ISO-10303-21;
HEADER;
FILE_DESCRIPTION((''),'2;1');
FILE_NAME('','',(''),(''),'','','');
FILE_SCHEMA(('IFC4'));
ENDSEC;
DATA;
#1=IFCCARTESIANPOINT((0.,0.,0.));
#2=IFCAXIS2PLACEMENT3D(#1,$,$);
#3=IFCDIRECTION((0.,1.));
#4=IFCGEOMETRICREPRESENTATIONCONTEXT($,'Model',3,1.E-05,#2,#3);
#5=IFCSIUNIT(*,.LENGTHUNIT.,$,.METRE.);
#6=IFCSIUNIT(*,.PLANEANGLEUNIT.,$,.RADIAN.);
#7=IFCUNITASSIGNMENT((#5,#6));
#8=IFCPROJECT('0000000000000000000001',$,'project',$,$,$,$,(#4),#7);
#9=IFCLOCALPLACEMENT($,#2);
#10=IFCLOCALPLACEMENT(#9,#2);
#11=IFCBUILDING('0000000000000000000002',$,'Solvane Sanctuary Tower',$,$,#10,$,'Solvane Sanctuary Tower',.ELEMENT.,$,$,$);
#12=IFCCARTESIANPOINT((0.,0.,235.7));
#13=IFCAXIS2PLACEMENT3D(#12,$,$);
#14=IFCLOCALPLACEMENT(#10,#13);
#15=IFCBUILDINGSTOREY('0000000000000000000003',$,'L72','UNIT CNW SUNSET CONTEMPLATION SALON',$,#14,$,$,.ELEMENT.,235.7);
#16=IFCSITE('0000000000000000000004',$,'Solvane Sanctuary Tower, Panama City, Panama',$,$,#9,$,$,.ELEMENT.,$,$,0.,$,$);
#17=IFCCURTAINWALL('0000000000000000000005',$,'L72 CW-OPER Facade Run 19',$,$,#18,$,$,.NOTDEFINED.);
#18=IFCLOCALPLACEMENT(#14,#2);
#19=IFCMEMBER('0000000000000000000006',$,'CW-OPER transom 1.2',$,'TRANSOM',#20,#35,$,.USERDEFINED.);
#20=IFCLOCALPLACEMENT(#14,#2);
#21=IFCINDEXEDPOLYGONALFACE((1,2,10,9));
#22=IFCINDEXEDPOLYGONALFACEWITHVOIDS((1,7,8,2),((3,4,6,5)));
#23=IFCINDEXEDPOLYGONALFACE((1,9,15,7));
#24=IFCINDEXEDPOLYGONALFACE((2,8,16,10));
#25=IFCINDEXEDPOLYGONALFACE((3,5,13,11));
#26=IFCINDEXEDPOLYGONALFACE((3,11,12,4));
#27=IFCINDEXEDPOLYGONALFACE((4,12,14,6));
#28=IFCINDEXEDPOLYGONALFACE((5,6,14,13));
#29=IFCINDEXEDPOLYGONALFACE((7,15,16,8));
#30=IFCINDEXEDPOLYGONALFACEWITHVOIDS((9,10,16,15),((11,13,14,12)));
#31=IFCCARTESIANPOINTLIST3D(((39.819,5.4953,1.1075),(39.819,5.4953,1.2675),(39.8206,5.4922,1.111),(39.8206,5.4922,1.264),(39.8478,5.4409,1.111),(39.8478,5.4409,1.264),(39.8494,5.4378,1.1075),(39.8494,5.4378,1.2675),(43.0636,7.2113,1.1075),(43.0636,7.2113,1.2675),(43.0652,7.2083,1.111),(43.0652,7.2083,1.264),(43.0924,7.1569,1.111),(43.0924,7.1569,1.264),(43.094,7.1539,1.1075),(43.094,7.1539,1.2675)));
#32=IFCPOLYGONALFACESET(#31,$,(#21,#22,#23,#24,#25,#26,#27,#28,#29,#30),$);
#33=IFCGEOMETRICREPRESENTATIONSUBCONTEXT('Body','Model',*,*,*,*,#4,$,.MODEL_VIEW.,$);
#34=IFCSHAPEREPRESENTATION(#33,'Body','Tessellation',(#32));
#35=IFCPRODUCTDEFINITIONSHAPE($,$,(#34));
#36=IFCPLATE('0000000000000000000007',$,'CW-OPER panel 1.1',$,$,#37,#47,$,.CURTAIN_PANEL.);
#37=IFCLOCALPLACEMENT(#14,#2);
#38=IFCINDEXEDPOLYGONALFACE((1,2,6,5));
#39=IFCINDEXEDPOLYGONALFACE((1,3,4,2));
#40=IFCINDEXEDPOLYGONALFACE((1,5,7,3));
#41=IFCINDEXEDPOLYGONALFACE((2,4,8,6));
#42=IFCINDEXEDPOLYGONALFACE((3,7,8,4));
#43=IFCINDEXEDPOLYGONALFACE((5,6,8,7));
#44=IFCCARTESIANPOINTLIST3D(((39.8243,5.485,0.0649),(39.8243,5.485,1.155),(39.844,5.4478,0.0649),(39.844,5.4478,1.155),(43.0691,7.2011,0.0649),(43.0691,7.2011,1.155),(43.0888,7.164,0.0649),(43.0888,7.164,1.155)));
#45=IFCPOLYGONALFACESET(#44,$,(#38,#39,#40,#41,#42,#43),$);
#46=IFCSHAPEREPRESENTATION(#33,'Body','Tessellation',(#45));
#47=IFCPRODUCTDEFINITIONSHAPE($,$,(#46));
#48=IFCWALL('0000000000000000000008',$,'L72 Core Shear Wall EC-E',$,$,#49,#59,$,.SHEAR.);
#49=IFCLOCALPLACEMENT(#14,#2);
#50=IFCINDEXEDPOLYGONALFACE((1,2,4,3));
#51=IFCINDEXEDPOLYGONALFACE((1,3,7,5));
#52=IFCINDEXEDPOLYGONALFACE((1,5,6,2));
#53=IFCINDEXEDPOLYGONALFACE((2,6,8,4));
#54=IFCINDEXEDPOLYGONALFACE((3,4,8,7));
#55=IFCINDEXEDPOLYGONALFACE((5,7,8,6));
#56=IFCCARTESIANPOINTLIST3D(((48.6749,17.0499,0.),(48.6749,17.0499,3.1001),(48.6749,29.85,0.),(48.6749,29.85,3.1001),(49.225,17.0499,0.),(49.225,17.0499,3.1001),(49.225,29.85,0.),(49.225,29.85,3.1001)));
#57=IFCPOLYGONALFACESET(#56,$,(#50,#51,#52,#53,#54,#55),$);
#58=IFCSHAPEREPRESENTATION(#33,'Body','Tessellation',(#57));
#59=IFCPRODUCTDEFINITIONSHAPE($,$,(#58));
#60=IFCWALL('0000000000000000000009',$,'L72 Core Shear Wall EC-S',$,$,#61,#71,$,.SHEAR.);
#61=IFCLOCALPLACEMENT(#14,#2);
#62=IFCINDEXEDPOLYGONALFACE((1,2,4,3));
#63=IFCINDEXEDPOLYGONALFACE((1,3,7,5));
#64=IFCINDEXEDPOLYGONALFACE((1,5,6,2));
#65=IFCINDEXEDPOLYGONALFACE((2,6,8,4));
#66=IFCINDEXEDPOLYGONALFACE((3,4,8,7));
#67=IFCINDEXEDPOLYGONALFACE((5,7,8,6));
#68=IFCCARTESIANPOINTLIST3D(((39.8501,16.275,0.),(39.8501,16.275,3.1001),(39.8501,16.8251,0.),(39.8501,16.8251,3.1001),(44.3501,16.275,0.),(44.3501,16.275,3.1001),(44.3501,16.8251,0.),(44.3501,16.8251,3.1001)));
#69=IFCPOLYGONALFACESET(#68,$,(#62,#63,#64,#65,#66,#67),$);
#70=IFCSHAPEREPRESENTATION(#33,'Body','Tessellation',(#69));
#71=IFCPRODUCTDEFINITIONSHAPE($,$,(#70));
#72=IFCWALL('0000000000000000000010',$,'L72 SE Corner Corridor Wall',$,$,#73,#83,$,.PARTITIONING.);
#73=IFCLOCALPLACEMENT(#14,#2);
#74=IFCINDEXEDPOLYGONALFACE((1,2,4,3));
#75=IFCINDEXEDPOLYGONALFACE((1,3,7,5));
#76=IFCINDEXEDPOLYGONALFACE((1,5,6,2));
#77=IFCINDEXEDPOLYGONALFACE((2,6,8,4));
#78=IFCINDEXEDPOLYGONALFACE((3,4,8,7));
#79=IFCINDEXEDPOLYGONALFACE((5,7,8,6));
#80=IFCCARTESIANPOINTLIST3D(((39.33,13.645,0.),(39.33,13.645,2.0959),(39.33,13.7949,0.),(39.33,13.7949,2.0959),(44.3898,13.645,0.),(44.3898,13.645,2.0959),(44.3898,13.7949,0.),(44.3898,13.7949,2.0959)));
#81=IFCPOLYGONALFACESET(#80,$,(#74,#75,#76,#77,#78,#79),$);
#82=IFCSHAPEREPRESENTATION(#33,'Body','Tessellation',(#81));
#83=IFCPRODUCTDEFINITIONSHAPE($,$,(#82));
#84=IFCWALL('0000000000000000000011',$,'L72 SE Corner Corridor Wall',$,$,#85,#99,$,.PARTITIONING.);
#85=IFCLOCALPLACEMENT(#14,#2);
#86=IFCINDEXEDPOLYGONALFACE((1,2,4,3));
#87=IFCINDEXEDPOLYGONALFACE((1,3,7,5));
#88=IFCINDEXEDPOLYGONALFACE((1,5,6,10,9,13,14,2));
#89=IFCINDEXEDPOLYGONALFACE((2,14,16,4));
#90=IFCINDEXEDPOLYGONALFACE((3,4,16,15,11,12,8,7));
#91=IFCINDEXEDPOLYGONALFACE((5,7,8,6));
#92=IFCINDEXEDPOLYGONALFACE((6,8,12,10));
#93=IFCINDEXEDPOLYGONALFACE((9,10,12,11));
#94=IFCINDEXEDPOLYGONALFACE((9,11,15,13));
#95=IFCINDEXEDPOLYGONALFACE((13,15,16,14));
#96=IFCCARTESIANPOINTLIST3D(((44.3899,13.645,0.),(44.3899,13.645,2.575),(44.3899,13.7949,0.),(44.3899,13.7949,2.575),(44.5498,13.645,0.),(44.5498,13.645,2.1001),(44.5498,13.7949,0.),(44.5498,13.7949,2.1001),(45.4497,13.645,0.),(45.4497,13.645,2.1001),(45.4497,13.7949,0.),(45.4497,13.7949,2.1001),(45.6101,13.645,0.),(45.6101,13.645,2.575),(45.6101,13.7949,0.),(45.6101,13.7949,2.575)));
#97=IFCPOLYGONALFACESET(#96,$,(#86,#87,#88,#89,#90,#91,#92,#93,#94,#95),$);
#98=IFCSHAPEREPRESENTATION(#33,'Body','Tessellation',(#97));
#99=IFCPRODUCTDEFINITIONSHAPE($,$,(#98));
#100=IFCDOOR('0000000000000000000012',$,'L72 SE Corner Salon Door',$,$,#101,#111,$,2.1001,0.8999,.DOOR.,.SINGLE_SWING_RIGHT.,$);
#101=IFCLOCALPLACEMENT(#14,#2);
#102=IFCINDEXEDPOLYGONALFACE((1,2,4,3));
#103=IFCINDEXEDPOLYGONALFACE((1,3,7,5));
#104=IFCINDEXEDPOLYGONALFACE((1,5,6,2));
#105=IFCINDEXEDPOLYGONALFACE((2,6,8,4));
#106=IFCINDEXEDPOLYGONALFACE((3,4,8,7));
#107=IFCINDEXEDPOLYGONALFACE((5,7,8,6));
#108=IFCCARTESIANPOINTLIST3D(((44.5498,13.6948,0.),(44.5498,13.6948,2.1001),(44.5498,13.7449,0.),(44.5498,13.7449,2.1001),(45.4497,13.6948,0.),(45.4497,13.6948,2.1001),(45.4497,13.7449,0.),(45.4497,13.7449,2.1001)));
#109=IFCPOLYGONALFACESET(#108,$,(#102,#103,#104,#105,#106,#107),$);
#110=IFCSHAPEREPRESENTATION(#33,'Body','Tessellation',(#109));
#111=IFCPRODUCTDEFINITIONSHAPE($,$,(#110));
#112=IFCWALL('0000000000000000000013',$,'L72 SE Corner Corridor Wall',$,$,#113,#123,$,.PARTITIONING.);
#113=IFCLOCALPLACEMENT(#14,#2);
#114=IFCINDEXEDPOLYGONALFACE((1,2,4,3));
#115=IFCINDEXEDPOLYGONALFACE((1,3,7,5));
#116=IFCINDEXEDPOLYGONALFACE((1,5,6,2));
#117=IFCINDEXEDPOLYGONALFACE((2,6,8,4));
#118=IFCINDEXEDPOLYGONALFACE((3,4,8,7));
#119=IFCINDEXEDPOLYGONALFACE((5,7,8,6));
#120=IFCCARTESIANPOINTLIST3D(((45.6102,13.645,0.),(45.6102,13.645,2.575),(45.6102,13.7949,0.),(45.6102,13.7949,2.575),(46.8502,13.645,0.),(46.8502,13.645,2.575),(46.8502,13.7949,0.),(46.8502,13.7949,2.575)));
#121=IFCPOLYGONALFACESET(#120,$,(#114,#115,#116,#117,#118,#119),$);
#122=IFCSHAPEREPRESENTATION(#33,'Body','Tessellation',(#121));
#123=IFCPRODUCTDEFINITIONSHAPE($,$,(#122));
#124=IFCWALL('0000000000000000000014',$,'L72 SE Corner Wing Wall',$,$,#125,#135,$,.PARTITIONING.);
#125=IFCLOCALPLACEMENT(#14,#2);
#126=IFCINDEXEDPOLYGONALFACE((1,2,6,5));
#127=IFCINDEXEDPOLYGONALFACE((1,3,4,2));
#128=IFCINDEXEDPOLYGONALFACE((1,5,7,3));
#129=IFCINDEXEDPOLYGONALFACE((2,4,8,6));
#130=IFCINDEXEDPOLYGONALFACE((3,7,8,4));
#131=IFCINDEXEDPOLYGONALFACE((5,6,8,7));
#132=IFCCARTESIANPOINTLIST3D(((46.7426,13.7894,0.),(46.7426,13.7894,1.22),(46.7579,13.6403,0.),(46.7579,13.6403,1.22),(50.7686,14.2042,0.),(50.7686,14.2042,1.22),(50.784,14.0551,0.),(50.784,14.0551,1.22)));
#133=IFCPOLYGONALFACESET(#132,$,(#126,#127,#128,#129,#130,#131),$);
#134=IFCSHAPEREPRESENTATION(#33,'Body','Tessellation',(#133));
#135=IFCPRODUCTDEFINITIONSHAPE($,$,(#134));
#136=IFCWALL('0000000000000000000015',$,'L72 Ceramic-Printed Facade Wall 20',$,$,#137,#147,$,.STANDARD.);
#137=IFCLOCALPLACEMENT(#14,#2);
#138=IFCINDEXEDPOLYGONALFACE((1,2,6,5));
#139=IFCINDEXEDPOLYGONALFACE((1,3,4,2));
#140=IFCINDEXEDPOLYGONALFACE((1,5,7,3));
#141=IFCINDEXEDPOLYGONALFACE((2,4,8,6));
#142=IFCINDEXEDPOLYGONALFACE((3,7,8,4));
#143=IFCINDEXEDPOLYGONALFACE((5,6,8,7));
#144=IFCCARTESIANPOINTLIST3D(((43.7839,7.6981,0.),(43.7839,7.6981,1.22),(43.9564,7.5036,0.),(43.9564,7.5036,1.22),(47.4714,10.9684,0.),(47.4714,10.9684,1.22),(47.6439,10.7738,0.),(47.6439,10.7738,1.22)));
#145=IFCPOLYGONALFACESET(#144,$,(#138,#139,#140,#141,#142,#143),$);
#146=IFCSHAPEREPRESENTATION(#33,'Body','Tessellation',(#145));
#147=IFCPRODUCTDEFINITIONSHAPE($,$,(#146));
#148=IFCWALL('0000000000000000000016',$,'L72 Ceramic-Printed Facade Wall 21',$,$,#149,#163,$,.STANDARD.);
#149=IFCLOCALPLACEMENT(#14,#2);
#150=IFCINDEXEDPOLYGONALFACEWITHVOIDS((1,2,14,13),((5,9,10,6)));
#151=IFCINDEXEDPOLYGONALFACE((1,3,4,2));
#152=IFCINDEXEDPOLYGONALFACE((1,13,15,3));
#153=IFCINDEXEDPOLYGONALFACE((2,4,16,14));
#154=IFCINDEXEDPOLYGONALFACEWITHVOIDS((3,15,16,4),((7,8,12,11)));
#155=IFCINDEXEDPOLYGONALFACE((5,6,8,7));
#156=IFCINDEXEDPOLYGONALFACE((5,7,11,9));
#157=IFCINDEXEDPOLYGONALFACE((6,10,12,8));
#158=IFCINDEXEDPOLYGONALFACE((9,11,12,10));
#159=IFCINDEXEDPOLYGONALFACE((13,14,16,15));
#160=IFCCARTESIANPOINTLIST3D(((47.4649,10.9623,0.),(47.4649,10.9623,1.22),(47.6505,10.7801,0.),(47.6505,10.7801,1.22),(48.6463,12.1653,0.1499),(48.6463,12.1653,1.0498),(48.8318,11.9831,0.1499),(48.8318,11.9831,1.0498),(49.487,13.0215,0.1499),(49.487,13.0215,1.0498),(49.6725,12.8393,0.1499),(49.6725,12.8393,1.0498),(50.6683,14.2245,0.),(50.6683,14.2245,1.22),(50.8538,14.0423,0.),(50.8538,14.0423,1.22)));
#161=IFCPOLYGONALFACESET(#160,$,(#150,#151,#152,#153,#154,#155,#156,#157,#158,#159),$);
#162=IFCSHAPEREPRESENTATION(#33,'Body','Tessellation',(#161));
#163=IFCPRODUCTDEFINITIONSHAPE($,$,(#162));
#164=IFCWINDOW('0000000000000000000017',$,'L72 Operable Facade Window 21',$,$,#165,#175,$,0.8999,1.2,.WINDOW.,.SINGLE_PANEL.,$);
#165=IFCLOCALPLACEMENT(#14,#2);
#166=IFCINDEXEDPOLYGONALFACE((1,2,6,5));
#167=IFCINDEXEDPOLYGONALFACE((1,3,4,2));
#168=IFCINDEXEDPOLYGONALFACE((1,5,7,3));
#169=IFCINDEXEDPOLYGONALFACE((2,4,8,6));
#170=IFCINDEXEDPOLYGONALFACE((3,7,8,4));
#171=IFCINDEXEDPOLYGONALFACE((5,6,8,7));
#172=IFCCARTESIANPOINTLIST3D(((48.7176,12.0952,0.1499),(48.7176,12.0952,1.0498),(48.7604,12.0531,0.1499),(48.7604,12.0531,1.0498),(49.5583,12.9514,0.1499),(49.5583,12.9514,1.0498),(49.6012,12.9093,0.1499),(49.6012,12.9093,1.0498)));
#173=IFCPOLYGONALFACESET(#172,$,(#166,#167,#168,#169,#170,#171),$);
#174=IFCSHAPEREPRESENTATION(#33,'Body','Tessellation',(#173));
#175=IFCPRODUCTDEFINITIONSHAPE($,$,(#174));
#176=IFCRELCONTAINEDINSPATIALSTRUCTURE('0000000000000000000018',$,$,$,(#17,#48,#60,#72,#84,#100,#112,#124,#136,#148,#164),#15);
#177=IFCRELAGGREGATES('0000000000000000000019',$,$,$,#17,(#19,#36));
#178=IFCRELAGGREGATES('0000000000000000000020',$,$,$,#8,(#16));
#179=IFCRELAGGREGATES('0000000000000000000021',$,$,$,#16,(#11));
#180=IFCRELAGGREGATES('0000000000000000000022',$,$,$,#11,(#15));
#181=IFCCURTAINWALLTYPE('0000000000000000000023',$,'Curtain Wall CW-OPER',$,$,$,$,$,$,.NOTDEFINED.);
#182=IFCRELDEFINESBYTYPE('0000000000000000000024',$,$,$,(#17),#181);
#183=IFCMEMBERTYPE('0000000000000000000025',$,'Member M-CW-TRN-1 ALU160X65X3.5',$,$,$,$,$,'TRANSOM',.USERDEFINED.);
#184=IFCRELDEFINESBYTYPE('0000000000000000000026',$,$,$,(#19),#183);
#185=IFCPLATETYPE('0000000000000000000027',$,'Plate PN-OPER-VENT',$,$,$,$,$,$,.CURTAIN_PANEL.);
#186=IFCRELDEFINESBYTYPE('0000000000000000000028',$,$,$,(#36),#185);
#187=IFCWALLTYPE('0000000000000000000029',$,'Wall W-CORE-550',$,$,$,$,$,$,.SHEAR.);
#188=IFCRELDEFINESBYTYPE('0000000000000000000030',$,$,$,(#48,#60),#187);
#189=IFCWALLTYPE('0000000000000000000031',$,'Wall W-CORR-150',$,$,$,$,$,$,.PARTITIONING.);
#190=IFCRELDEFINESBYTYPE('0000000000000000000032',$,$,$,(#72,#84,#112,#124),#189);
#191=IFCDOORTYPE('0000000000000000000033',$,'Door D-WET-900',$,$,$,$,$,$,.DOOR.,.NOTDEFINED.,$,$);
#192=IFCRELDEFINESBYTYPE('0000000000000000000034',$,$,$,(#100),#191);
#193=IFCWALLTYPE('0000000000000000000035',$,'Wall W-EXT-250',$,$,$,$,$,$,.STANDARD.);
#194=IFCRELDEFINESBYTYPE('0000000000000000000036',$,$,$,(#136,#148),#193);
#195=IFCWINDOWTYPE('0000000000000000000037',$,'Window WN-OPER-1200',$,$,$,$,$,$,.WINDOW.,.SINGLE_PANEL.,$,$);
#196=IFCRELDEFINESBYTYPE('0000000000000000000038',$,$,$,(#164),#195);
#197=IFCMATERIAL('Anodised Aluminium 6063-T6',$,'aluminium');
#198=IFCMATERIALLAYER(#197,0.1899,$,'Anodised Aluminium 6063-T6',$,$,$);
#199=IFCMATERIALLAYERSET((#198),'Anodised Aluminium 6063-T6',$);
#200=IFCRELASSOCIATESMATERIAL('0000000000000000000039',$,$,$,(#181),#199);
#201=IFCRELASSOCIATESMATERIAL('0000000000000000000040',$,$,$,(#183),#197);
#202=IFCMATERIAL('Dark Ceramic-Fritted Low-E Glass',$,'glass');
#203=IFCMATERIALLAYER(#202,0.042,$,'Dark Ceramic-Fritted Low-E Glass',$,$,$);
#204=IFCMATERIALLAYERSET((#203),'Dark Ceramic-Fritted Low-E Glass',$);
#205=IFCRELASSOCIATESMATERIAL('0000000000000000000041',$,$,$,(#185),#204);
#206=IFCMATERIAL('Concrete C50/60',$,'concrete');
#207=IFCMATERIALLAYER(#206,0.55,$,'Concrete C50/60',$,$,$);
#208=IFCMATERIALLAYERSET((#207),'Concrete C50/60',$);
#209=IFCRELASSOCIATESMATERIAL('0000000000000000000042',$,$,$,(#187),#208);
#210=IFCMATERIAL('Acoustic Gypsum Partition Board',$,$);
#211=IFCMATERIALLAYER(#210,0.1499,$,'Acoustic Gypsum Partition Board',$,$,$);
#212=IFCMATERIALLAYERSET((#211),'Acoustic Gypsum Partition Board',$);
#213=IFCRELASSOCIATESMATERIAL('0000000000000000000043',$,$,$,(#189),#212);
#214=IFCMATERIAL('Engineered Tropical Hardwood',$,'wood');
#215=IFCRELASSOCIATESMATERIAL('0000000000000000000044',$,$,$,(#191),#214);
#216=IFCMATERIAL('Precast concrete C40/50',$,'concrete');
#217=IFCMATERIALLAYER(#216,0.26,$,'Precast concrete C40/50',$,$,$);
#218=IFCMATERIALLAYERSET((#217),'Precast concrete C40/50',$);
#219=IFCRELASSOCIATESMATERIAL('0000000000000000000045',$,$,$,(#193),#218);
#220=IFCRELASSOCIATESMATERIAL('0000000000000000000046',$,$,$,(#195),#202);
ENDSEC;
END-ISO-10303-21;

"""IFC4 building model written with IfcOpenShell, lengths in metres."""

from ifc_helpers import new_model, si_unit, direction, frame, frame_2d, origin, origin_2d, place, context, subcontext, project, spatial, rectangle, hollow_rectangle, extrude, material, layer, layer_set, material_profile, profile_set, type_object, element, fill, aggregate, save


model = new_model("IFC4")

# Units and contexts
model_context = context("Model", 3, precision=1e-05, world=origin(), true_north=direction((0.0, 1.0)))
body_context = subcontext(model_context, "Body", "Model", "MODEL_VIEW")
ifc_project = project(units=[si_unit("LENGTHUNIT", "METRE"), si_unit("PLANEANGLEUNIT", "RADIAN")], contexts=[model_context])

# Site, building, storey
site_placement = place(None, origin())
site = spatial("IfcSite", under=ifc_project, at=site_placement, Name="Solvane Sanctuary Tower, Panama City, Panama", CompositionType="ELEMENT", RefElevation=0.0)
building_placement = place(site_placement, origin())
building = spatial("IfcBuilding", under=site, at=building_placement, Name="Solvane Sanctuary Tower", LongName="Solvane Sanctuary Tower", CompositionType="ELEMENT")
storey_placement = place(building_placement, frame((0.0, 0.0, 235.7)))
storey = spatial("IfcBuildingStorey", under=building, at=storey_placement, Name="L72", Description="UNIT CNW SUNSET CONTEMPLATION SALON", CompositionType="ELEMENT", Elevation=235.7)

# Shared definitions
ifc_material_1 = material(Name="Concrete C50/60", Category="concrete")

# Curtain wall, member, plate
ifc_material_2 = material(Name="Anodised Aluminium 6063-T6", Category="aluminium")
ifc_layer_1 = layer(ifc_material_2, 0.1899, Name="Anodised Aluminium 6063-T6")
ifc_layer_set_1 = layer_set([ifc_layer_1], Name="Anodised Aluminium 6063-T6")
curtain_wall_type = type_object("IfcCurtainWallType", Name="Curtain Wall CW-OPER", PredefinedType="NOTDEFINED", material=ifc_layer_set_1)
curtain_wall_placement = place(storey_placement, origin())
curtain_wall = element("IfcCurtainWall", 1, at=curtain_wall_placement, inside=storey, type_object=curtain_wall_type, Name="L72 CW-OPER Facade Run 19", PredefinedType="NOTDEFINED")
ifc_material_profile_1 = material_profile(ifc_material_2, hollow_rectangle(XDim=0.0649, YDim=0.1599, WallThickness=0.0034, at=origin_2d()), Name="ALU160X65X3.5")
ifc_profile_set_1 = profile_set([ifc_material_profile_1], Name="Anodised Aluminium 6063-T6")
member_type_1 = type_object("IfcMemberType", Name="Member M-CW-TRN-1 ALU160X65X3.5", ElementType="TRANSOM", PredefinedType="USERDEFINED", material=ifc_profile_set_1)
member_1_placement = place(storey_placement, frame((39.8342, 5.4666, 1.1875), z_axis=(0.883977, 0.46753, 0.0), x_axis=(-0.46753, 0.883977, 0.0)))
member_1 = element("IfcMember", 2, at=member_1_placement, type_object=member_type_1, Name="CW-OPER transom 1.2", ObjectType="TRANSOM", PredefinedType="USERDEFINED", context=body_context, shape_type="SweptSolid", body=[
    extrude(hollow_rectangle(XDim=0.0649, YDim=0.1599, WallThickness=0.0034, at=origin_2d()), origin(), (0.0, 0.0, 1.0), 3.6704),
])
ifc_material_3 = material(Name="Dark Ceramic-Fritted Low-E Glass", Category="glass")
ifc_layer_2 = layer(ifc_material_3, 0.042, Name="Dark Ceramic-Fritted Low-E Glass")
ifc_layer_set_2 = layer_set([ifc_layer_2], Name="Dark Ceramic-Fritted Low-E Glass")
plate_type = type_object("IfcPlateType", Name="Plate PN-OPER-VENT", PredefinedType="CURTAIN_PANEL", material=ifc_layer_set_2)
plate_placement = place(storey_placement, frame((41.4565, 6.3245, 0.0649), z_axis=(0.0, 0.0, 1.0), x_axis=(0.883981, 0.467523, 0.0)))
plate = element("IfcPlate", 3, at=plate_placement, type_object=plate_type, Name="CW-OPER panel 1.1", PredefinedType="CURTAIN_PANEL", context=body_context, shape_type="SweptSolid", body=[
    extrude(rectangle(XDim=3.6707, YDim=0.042, at=origin_2d()), origin(), (0.0, 0.0, 1.0), 1.0901),
])
aggregate(curtain_wall, [member_1, plate])

# Walls
ifc_layer_3 = layer(ifc_material_1, 0.55, Name="Concrete C50/60")
ifc_layer_set_3 = layer_set([ifc_layer_3], Name="Concrete C50/60")
wall_type_1 = type_object("IfcWallType", Name="Wall W-CORE-550", PredefinedType="SHEAR", material=ifc_layer_set_3)
wall_1_placement = place(storey_placement, frame((48.95, 17.05, 0.0), z_axis=(0.0, 0.0, 1.0), x_axis=(0.0, 1.0, 0.0)))
element("IfcWall", 4, at=wall_1_placement, inside=storey, type_object=wall_type_1, Name="L72 Core Shear Wall EC-E", PredefinedType="SHEAR", context=body_context, shape_type="SweptSolid", body=[
    extrude(rectangle(XDim=12.8, YDim=0.55, at=frame_2d((6.3999, 0.0))), origin(), (0.0, 0.0, 1.0), 3.1001),
])
wall_2_placement = place(storey_placement, frame((39.8501, 16.55, 0.0), z_axis=(0.0, 0.0, 1.0), x_axis=(1.0, 0.0, 0.0)))
element("IfcWall", 5, at=wall_2_placement, inside=storey, type_object=wall_type_1, Name="L72 Core Shear Wall EC-S", PredefinedType="SHEAR", context=body_context, shape_type="SweptSolid", body=[
    extrude(rectangle(XDim=4.5, YDim=0.55, at=frame_2d((2.25, 0.0))), origin(), (0.0, 0.0, 1.0), 3.1001),
])
ifc_material_4 = material(Name="Acoustic Gypsum Partition Board")
ifc_layer_4 = layer(ifc_material_4, 0.1499, Name="Acoustic Gypsum Partition Board")
ifc_layer_set_4 = layer_set([ifc_layer_4], Name="Acoustic Gypsum Partition Board")
wall_type_2 = type_object("IfcWallType", Name="Wall W-CORR-150", PredefinedType="PARTITIONING", material=ifc_layer_set_4)
wall_3_placement = place(storey_placement, frame((39.3301, 13.72, 0.0), z_axis=(0.0, 0.0, 1.0), x_axis=(1.0, 0.0, 0.0)))
element("IfcWall", 6, at=wall_3_placement, inside=storey, type_object=wall_type_2, Name="L72 SE Corner Corridor Wall", PredefinedType="PARTITIONING", context=body_context, shape_type="SweptSolid", body=[
    extrude(rectangle(XDim=5.0598, YDim=0.1499, at=frame_2d((2.5298, 0.0))), origin(), (0.0, 0.0, 1.0), 2.0959),
])

# Wall, opening, door
wall_4_placement = place(storey_placement, frame((44.3899, 13.72, 0.0), z_axis=(0.0, 0.0, 1.0), x_axis=(1.0, 0.0, 0.0)))
wall_4 = element("IfcWall", 7, at=wall_4_placement, inside=storey, type_object=wall_type_2, Name="L72 SE Corner Corridor Wall", PredefinedType="PARTITIONING", context=body_context, shape_type="SweptSolid", body=[
    extrude(rectangle(XDim=1.2202, YDim=0.1499, at=frame_2d((0.6101, 0.0))), origin(), (0.0, 0.0, 1.0), 2.575),
])
opening_1_placement = place(wall_4_placement, frame((0.1599, 0.0, 0.0)))
opening_1 = element("IfcOpeningElement", 8, at=opening_1_placement, cuts=wall_4, PredefinedType="OPENING", context=body_context, shape_type="SweptSolid", body=[
    extrude(rectangle(XDim=0.8999, YDim=2.1001, at=frame_2d((0.45, 1.05))), frame((0.0, 0.085, 0.0), z_axis=(0.0, -1.0, 0.0), x_axis=(1.0, 0.0, 0.0)), (0.0, 0.0, 1.0), 0.1699),
])
ifc_material_5 = material(Name="Engineered Tropical Hardwood", Category="wood")
door_type = type_object("IfcDoorType", Name="Door D-WET-900", OperationType="NOTDEFINED", PredefinedType="DOOR", material=ifc_material_5)
door_placement = place(opening_1_placement, origin())
door = element("IfcDoor", 9, at=door_placement, inside=storey, type_object=door_type, Name="L72 SE Corner Salon Door", OperationType="SINGLE_SWING_RIGHT", OverallHeight=2.1001, OverallWidth=0.8999, PredefinedType="DOOR", context=body_context, shape_type="SweptSolid", body=[
    extrude(rectangle(XDim=0.8999, YDim=2.1001, at=frame_2d((0.45, 1.05))), frame((0.0, 0.0249, 0.0), z_axis=(0.0, -1.0, 0.0), x_axis=(1.0, 0.0, 0.0)), (0.0, 0.0, 1.0), 0.05),
])
fill(opening_1, door)

# Walls
wall_5_placement = place(storey_placement, frame((45.6101, 13.72, 0.0), z_axis=(0.0, 0.0, 1.0), x_axis=(1.0, 0.0, 0.0)))
element("IfcWall", 10, at=wall_5_placement, inside=storey, type_object=wall_type_2, Name="L72 SE Corner Corridor Wall", PredefinedType="PARTITIONING", context=body_context, shape_type="SweptSolid", body=[
    extrude(rectangle(XDim=1.24, YDim=0.1499, at=frame_2d((0.6201, 0.0))), origin(), (0.0, 0.0, 1.0), 2.575),
])
wall_6_placement = place(storey_placement, frame((46.7502, 13.7148, 0.0), z_axis=(0.0, 0.0, 1.0), x_axis=(0.994735, 0.102483, 0.0)))
element("IfcWall", 11, at=wall_6_placement, inside=storey, type_object=wall_type_2, Name="L72 SE Corner Wing Wall", PredefinedType="PARTITIONING", context=body_context, shape_type="SweptSolid", body=[
    extrude(rectangle(XDim=4.0474, YDim=0.1499, at=frame_2d((2.0237, 0.0))), origin(), (0.0, 0.0, 1.0), 1.22),
])
ifc_material_6 = material(Name="Precast concrete C40/50", Category="concrete")
ifc_layer_5 = layer(ifc_material_6, 0.26, Name="Precast concrete C40/50")
ifc_layer_set_5 = layer_set([ifc_layer_5], Name="Precast concrete C40/50")
wall_type_3 = type_object("IfcWallType", Name="Wall W-EXT-250", PredefinedType="STANDARD", material=ifc_layer_set_5)
wall_7_placement = place(storey_placement, frame((43.8701, 7.6008, 0.0), z_axis=(0.0, 0.0, 1.0), x_axis=(0.748166, 0.663512, 0.0)))
element("IfcWall", 12, at=wall_7_placement, inside=storey, type_object=wall_type_3, Name="L72 Ceramic-Printed Facade Wall 20", PredefinedType="STANDARD", context=body_context, shape_type="SweptSolid", body=[
    extrude(rectangle(XDim=4.9287, YDim=0.26, at=frame_2d((2.4644, 0.0))), origin(), (0.0, 0.0, 1.0), 1.22),
])

# Wall, opening, window
wall_8_placement = place(storey_placement, frame((47.5576, 10.8711, 0.0), z_axis=(0.0, 0.0, 1.0), x_axis=(0.700643, 0.713512, 0.0)))
wall_8 = element("IfcWall", 13, at=wall_8_placement, inside=storey, type_object=wall_type_3, Name="L72 Ceramic-Printed Facade Wall 21", PredefinedType="STANDARD", context=body_context, shape_type="SweptSolid", body=[
    extrude(rectangle(XDim=4.572, YDim=0.26, at=frame_2d((2.2861, 0.0))), origin(), (0.0, 0.0, 1.0), 1.22),
])
opening_2_placement = place(wall_8_placement, frame((1.686, 0.0, 0.1499)))
opening_2 = element("IfcOpeningElement", 14, at=opening_2_placement, cuts=wall_8, PredefinedType="OPENING", context=body_context, shape_type="SweptSolid", body=[
    extrude(rectangle(XDim=1.2, YDim=0.8999, at=frame_2d((0.6001, 0.45))), frame((0.0, 0.1399, 0.0), z_axis=(0.0, -1.0, 0.0), x_axis=(1.0, 0.0, 0.0)), (0.0, 0.0, 1.0), 0.28),
])
window_type = type_object("IfcWindowType", Name="Window WN-OPER-1200", PartitioningType="SINGLE_PANEL", PredefinedType="WINDOW", material=ifc_material_3)
window_1_placement = place(opening_2_placement, origin())
window_1 = element("IfcWindow", 15, at=window_1_placement, inside=storey, type_object=window_type, Name="L72 Operable Facade Window 21", OverallHeight=0.8999, OverallWidth=1.2, PartitioningType="SINGLE_PANEL", PredefinedType="WINDOW", context=body_context, shape_type="SweptSolid", body=[
    extrude(rectangle(XDim=1.2, YDim=0.8999, at=frame_2d((0.6001, 0.45))), frame((0.0, 0.03, 0.0), z_axis=(0.0, -1.0, 0.0), x_axis=(1.0, 0.0, 0.0)), (0.0, 0.0, 1.0), 0.0601),
])
fill(opening_2, window_1)

save(model, "model.ifc")
